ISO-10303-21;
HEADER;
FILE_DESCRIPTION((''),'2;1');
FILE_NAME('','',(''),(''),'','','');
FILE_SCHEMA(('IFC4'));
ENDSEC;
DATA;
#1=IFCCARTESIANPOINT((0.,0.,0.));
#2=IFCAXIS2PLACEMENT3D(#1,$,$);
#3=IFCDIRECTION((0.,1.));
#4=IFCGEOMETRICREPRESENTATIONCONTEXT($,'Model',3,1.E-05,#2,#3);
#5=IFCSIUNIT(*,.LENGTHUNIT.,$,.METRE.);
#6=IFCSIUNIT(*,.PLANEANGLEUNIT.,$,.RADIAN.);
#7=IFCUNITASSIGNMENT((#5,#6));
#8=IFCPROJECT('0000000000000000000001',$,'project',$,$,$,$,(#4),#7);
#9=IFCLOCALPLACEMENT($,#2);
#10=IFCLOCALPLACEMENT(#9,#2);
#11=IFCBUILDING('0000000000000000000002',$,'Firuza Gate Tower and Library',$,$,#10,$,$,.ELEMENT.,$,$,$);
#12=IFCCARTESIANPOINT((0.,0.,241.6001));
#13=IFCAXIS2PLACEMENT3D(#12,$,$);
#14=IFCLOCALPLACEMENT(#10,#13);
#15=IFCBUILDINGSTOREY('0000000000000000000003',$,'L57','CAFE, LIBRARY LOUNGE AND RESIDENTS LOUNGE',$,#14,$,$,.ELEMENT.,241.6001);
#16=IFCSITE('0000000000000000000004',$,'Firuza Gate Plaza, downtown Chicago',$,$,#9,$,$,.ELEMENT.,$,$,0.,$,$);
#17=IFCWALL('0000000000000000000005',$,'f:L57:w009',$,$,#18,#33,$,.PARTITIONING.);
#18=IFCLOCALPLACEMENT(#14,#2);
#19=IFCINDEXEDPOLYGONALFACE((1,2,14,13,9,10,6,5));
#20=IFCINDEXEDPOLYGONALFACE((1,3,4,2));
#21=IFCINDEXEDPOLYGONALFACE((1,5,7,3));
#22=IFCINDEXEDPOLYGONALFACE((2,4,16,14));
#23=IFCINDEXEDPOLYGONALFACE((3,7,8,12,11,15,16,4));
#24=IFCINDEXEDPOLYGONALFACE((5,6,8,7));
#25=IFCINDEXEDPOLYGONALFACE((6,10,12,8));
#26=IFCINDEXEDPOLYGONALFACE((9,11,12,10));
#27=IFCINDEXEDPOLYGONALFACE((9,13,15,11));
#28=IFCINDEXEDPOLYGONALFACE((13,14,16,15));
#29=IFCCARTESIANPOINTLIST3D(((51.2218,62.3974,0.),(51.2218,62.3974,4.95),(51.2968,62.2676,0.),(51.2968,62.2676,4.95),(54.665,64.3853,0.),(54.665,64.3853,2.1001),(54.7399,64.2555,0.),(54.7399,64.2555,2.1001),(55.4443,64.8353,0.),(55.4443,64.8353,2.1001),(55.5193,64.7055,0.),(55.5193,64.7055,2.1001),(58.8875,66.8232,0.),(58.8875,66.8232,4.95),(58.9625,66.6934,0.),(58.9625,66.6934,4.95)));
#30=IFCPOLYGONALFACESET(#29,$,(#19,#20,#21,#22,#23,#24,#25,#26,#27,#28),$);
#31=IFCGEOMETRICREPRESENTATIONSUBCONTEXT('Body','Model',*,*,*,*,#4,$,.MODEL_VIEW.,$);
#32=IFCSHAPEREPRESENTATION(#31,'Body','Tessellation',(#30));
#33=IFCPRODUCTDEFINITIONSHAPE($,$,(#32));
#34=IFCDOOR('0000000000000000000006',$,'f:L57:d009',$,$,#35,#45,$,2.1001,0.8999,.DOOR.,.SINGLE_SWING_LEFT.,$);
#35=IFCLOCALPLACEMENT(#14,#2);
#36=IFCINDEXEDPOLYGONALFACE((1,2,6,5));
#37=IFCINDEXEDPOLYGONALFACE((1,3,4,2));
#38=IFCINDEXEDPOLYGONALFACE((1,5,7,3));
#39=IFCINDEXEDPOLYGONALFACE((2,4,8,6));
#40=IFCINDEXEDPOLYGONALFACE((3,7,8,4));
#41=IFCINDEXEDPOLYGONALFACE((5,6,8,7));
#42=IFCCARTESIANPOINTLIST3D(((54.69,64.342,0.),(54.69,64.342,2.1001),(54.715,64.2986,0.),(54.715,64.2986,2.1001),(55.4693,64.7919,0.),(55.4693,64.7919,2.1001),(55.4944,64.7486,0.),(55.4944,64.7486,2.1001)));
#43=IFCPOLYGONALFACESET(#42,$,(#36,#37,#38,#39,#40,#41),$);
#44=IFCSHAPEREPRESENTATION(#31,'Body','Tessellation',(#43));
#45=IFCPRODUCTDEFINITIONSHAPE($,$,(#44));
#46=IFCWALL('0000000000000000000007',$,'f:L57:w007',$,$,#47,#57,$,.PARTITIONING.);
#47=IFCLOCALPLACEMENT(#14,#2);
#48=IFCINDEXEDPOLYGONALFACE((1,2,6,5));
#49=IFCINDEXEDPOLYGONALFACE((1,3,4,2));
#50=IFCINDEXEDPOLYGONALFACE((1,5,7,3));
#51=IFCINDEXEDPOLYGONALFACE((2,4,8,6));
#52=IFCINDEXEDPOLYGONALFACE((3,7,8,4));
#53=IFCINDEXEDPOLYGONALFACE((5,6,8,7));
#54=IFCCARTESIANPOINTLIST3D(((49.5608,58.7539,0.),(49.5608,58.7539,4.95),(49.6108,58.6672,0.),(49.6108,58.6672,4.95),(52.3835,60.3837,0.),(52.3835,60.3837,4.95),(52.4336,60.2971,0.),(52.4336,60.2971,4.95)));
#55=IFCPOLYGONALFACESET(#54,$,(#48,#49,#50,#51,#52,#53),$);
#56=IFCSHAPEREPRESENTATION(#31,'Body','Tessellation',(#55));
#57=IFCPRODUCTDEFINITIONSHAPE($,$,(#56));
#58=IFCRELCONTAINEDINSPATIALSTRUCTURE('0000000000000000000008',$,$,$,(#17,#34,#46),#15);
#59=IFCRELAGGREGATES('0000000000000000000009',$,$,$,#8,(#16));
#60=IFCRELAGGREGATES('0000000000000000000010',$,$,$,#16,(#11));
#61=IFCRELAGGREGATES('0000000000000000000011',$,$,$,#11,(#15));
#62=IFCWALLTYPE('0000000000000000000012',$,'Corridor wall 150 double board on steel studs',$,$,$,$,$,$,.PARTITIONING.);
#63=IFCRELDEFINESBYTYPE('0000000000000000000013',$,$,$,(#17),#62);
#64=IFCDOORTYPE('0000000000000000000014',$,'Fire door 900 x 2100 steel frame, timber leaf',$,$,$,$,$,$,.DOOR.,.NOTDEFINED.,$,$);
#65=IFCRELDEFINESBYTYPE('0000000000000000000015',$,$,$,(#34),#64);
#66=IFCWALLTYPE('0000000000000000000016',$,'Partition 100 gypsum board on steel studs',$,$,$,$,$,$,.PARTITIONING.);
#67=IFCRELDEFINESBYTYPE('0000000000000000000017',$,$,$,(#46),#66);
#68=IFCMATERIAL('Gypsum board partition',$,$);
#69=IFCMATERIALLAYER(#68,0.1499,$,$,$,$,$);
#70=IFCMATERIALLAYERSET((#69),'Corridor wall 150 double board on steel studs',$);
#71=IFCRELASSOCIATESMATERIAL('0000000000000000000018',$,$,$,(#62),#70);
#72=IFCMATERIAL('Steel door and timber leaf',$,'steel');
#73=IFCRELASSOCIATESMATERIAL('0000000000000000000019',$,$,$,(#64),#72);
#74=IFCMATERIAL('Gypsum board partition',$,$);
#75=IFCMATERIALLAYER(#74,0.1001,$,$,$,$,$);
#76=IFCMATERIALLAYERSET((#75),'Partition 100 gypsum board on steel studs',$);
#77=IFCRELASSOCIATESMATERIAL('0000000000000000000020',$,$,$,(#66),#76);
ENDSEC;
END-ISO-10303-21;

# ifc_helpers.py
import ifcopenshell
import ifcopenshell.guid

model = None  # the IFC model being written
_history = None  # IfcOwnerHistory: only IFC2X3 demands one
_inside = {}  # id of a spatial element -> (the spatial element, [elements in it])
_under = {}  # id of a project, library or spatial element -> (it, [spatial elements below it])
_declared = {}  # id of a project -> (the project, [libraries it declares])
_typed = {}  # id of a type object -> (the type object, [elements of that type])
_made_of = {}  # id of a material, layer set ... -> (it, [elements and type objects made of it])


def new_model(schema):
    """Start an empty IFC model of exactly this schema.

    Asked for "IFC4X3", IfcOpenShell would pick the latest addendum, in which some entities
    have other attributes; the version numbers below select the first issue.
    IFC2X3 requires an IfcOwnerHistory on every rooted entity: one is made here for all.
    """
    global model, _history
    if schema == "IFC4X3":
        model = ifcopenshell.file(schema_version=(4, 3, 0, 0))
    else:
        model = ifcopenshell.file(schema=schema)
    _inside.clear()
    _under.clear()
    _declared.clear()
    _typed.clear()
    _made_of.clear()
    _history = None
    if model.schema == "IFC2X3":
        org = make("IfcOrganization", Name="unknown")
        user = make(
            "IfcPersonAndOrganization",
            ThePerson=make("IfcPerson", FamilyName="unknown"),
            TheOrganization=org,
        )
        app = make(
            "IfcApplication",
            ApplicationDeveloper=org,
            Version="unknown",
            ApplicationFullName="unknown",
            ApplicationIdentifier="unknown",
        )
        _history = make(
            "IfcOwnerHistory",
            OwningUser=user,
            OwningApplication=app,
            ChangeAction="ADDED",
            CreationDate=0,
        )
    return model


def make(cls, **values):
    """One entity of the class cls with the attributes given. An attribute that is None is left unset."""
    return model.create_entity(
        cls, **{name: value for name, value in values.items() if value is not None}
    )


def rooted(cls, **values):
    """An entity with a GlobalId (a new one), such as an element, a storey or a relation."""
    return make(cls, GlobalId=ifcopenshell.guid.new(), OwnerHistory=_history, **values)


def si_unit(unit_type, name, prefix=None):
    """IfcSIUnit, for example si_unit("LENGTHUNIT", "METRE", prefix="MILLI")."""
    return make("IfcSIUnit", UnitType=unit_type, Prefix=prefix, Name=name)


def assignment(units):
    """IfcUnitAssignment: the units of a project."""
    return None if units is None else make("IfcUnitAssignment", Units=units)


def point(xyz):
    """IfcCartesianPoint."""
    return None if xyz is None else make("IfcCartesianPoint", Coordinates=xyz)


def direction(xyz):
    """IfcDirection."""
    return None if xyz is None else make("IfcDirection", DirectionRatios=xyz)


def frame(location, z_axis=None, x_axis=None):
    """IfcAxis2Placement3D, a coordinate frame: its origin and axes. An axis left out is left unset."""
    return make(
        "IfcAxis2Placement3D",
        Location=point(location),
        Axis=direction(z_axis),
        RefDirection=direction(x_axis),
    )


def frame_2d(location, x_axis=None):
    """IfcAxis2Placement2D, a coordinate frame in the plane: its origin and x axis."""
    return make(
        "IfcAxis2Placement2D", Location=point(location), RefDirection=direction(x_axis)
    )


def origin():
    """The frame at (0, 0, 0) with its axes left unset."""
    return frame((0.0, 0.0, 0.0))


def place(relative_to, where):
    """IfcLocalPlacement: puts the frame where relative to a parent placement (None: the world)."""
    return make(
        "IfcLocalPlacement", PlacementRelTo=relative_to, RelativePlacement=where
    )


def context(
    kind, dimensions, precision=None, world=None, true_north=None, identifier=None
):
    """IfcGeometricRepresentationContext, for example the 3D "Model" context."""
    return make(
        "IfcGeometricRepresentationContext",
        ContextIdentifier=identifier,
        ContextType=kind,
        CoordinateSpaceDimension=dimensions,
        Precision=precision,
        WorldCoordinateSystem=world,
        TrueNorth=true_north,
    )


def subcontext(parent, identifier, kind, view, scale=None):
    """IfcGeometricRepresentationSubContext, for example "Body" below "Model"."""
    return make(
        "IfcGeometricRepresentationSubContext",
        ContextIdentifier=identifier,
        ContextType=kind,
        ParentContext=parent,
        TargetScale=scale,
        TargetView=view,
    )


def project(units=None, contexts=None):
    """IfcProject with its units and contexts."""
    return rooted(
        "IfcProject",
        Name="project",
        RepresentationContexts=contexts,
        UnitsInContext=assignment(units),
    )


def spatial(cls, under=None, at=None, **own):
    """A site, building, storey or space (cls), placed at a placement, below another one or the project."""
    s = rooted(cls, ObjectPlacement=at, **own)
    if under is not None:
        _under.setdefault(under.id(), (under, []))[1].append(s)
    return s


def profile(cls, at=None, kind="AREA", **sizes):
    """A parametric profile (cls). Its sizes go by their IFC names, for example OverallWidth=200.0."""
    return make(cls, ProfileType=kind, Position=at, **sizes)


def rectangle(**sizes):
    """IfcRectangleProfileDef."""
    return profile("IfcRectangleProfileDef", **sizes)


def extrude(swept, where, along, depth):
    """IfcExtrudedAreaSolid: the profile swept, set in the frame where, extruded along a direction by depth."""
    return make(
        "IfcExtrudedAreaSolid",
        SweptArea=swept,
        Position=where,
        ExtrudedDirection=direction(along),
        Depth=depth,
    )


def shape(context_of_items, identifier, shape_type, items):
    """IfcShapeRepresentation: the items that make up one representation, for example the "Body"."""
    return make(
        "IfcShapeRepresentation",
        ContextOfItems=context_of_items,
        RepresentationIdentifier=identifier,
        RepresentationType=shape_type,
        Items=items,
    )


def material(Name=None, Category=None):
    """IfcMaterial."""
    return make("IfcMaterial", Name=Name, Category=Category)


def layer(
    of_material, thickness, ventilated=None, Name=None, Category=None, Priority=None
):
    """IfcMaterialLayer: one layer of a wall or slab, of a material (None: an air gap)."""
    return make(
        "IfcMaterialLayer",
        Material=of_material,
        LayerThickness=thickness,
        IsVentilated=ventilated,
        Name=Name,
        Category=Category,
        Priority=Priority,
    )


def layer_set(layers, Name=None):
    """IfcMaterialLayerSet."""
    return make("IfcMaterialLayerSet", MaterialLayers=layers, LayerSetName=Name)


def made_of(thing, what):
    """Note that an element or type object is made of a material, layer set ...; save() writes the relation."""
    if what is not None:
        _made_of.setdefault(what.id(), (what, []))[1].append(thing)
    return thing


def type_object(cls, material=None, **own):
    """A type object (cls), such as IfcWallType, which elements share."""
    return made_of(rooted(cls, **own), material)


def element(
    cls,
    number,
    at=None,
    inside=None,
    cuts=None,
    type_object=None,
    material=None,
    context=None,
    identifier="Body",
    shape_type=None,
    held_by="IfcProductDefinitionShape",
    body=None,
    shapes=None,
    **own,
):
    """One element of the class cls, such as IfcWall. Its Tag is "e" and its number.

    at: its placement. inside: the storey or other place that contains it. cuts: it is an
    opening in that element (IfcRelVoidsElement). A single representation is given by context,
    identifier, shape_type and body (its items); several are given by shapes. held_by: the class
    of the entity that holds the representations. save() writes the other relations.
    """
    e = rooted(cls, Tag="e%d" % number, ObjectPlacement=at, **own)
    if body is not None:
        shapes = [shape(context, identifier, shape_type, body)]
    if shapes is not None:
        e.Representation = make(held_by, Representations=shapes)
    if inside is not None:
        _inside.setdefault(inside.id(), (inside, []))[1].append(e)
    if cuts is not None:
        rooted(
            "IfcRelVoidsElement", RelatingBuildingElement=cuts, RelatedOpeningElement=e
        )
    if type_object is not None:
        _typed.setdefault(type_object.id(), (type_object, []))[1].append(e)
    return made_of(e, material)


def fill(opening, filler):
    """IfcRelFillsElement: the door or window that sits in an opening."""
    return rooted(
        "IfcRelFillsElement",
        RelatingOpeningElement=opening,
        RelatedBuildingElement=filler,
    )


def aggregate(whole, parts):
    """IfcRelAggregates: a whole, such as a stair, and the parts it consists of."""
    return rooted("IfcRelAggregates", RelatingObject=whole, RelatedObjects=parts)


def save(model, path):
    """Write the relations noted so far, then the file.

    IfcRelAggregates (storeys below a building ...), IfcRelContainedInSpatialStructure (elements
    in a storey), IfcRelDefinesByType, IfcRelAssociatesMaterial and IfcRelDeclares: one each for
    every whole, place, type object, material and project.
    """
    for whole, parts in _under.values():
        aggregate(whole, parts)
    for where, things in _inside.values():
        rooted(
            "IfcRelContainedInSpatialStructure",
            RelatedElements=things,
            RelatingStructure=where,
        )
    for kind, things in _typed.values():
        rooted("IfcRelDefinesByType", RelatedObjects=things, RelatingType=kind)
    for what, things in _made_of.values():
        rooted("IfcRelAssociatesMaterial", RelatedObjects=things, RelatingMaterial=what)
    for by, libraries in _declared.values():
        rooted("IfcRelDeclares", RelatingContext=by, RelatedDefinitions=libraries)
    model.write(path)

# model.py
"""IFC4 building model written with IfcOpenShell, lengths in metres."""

from ifc_helpers import new_model, si_unit, direction, frame, frame_2d, origin, place, context, subcontext, project, spatial, rectangle, extrude, material, layer, layer_set, type_object, element, fill, save


model = new_model("IFC4")

# Units and contexts
model_context = context("Model", 3, precision=1e-05, world=origin(), true_north=direction((0.0, 1.0)))
body_context = subcontext(model_context, "Body", "Model", "MODEL_VIEW")
ifc_project = project(units=[si_unit("LENGTHUNIT", "METRE"), si_unit("PLANEANGLEUNIT", "RADIAN")], contexts=[model_context])

# Site, building, storey
site_placement = place(None, origin())
site = spatial("IfcSite", under=ifc_project, at=site_placement, Name="Firuza Gate Plaza, downtown Chicago", CompositionType="ELEMENT", RefElevation=0.0)
building_placement = place(site_placement, origin())
building = spatial("IfcBuilding", under=site, at=building_placement, Name="Firuza Gate Tower and Library", CompositionType="ELEMENT")
storey_placement = place(building_placement, frame((0.0, 0.0, 241.6001)))
storey = spatial("IfcBuildingStorey", under=building, at=storey_placement, Name="L57", Description="CAFE, LIBRARY LOUNGE AND RESIDENTS LOUNGE", CompositionType="ELEMENT", Elevation=241.6001)

# Wall, opening, door
ifc_material_1 = material(Name="Gypsum board partition")
ifc_layer_1 = layer(ifc_material_1, 0.1499)
ifc_layer_set_1 = layer_set([ifc_layer_1], Name="Corridor wall 150 double board on steel studs")
wall_type_1 = type_object("IfcWallType", Name="Corridor wall 150 double board on steel studs", PredefinedType="PARTITIONING", material=ifc_layer_set_1)
wall_1_placement = place(storey_placement, frame((51.2593, 62.3325, 0.0), z_axis=(0.0, 0.0, 1.0), x_axis=(0.866028, 0.499995, 0.0)))
wall_1 = element("IfcWall", 1, at=wall_1_placement, inside=storey, type_object=wall_type_1, Name="f:L57:w009", PredefinedType="PARTITIONING", context=body_context, shape_type="SweptSolid", body=[
    extrude(rectangle(XDim=8.8516, YDim=0.1499, at=frame_2d((4.4258, 0.0))), origin(), (0.0, 0.0, 1.0), 4.95),
])
opening_placement = place(wall_1_placement, frame((3.9758, 0.0, 0.0)))
opening = element("IfcOpeningElement", 2, at=opening_placement, cuts=wall_1, PredefinedType="OPENING", context=body_context, shape_type="SweptSolid", body=[
    extrude(rectangle(XDim=0.8999, YDim=2.1001, at=frame_2d((0.45, 1.05))), frame((0.0, 0.085, 0.0), z_axis=(0.0, -1.0, 0.0), x_axis=(1.0, 0.0, 0.0)), (0.0, 0.0, 1.0), 0.1699),
])
ifc_material_2 = material(Name="Steel door and timber leaf", Category="steel")
door_type = type_object("IfcDoorType", Name="Fire door 900 x 2100 steel frame, timber leaf", OperationType="NOTDEFINED", PredefinedType="DOOR", material=ifc_material_2)
door_placement = place(opening_placement, origin())
door = element("IfcDoor", 3, at=door_placement, inside=storey, type_object=door_type, Name="f:L57:d009", OperationType="SINGLE_SWING_LEFT", OverallHeight=2.1001, OverallWidth=0.8999, PredefinedType="DOOR", context=body_context, shape_type="SweptSolid", body=[
    extrude(rectangle(XDim=0.8999, YDim=2.1001, at=frame_2d((0.45, 1.05))), frame((0.0, 0.0249, 0.0), z_axis=(0.0, -1.0, 0.0), x_axis=(1.0, 0.0, 0.0)), (0.0, 0.0, 1.0), 0.05),
])
fill(opening, door)

# Wall
ifc_material_3 = material(Name="Gypsum board partition")
ifc_layer_2 = layer(ifc_material_3, 0.1001)
ifc_layer_set_2 = layer_set([ifc_layer_2], Name="Partition 100 gypsum board on steel studs")
wall_type_2 = type_object("IfcWallType", Name="Partition 100 gypsum board on steel studs", PredefinedType="PARTITIONING", material=ifc_layer_set_2)
wall_2_placement = place(storey_placement, frame((49.5857, 58.7104, 0.0), z_axis=(0.0, 0.0, 1.0), x_axis=(0.866003, 0.500038, 0.0)))
element("IfcWall", 4, at=wall_2_placement, inside=storey, type_object=wall_type_2, Name="f:L57:w007", PredefinedType="PARTITIONING", context=body_context, shape_type="SweptSolid", body=[
    extrude(rectangle(XDim=3.2595, YDim=0.1001, at=frame_2d((1.6299, 0.0))), origin(), (0.0, 0.0, 1.0), 4.95),
])

save(model, "model.ifc")
